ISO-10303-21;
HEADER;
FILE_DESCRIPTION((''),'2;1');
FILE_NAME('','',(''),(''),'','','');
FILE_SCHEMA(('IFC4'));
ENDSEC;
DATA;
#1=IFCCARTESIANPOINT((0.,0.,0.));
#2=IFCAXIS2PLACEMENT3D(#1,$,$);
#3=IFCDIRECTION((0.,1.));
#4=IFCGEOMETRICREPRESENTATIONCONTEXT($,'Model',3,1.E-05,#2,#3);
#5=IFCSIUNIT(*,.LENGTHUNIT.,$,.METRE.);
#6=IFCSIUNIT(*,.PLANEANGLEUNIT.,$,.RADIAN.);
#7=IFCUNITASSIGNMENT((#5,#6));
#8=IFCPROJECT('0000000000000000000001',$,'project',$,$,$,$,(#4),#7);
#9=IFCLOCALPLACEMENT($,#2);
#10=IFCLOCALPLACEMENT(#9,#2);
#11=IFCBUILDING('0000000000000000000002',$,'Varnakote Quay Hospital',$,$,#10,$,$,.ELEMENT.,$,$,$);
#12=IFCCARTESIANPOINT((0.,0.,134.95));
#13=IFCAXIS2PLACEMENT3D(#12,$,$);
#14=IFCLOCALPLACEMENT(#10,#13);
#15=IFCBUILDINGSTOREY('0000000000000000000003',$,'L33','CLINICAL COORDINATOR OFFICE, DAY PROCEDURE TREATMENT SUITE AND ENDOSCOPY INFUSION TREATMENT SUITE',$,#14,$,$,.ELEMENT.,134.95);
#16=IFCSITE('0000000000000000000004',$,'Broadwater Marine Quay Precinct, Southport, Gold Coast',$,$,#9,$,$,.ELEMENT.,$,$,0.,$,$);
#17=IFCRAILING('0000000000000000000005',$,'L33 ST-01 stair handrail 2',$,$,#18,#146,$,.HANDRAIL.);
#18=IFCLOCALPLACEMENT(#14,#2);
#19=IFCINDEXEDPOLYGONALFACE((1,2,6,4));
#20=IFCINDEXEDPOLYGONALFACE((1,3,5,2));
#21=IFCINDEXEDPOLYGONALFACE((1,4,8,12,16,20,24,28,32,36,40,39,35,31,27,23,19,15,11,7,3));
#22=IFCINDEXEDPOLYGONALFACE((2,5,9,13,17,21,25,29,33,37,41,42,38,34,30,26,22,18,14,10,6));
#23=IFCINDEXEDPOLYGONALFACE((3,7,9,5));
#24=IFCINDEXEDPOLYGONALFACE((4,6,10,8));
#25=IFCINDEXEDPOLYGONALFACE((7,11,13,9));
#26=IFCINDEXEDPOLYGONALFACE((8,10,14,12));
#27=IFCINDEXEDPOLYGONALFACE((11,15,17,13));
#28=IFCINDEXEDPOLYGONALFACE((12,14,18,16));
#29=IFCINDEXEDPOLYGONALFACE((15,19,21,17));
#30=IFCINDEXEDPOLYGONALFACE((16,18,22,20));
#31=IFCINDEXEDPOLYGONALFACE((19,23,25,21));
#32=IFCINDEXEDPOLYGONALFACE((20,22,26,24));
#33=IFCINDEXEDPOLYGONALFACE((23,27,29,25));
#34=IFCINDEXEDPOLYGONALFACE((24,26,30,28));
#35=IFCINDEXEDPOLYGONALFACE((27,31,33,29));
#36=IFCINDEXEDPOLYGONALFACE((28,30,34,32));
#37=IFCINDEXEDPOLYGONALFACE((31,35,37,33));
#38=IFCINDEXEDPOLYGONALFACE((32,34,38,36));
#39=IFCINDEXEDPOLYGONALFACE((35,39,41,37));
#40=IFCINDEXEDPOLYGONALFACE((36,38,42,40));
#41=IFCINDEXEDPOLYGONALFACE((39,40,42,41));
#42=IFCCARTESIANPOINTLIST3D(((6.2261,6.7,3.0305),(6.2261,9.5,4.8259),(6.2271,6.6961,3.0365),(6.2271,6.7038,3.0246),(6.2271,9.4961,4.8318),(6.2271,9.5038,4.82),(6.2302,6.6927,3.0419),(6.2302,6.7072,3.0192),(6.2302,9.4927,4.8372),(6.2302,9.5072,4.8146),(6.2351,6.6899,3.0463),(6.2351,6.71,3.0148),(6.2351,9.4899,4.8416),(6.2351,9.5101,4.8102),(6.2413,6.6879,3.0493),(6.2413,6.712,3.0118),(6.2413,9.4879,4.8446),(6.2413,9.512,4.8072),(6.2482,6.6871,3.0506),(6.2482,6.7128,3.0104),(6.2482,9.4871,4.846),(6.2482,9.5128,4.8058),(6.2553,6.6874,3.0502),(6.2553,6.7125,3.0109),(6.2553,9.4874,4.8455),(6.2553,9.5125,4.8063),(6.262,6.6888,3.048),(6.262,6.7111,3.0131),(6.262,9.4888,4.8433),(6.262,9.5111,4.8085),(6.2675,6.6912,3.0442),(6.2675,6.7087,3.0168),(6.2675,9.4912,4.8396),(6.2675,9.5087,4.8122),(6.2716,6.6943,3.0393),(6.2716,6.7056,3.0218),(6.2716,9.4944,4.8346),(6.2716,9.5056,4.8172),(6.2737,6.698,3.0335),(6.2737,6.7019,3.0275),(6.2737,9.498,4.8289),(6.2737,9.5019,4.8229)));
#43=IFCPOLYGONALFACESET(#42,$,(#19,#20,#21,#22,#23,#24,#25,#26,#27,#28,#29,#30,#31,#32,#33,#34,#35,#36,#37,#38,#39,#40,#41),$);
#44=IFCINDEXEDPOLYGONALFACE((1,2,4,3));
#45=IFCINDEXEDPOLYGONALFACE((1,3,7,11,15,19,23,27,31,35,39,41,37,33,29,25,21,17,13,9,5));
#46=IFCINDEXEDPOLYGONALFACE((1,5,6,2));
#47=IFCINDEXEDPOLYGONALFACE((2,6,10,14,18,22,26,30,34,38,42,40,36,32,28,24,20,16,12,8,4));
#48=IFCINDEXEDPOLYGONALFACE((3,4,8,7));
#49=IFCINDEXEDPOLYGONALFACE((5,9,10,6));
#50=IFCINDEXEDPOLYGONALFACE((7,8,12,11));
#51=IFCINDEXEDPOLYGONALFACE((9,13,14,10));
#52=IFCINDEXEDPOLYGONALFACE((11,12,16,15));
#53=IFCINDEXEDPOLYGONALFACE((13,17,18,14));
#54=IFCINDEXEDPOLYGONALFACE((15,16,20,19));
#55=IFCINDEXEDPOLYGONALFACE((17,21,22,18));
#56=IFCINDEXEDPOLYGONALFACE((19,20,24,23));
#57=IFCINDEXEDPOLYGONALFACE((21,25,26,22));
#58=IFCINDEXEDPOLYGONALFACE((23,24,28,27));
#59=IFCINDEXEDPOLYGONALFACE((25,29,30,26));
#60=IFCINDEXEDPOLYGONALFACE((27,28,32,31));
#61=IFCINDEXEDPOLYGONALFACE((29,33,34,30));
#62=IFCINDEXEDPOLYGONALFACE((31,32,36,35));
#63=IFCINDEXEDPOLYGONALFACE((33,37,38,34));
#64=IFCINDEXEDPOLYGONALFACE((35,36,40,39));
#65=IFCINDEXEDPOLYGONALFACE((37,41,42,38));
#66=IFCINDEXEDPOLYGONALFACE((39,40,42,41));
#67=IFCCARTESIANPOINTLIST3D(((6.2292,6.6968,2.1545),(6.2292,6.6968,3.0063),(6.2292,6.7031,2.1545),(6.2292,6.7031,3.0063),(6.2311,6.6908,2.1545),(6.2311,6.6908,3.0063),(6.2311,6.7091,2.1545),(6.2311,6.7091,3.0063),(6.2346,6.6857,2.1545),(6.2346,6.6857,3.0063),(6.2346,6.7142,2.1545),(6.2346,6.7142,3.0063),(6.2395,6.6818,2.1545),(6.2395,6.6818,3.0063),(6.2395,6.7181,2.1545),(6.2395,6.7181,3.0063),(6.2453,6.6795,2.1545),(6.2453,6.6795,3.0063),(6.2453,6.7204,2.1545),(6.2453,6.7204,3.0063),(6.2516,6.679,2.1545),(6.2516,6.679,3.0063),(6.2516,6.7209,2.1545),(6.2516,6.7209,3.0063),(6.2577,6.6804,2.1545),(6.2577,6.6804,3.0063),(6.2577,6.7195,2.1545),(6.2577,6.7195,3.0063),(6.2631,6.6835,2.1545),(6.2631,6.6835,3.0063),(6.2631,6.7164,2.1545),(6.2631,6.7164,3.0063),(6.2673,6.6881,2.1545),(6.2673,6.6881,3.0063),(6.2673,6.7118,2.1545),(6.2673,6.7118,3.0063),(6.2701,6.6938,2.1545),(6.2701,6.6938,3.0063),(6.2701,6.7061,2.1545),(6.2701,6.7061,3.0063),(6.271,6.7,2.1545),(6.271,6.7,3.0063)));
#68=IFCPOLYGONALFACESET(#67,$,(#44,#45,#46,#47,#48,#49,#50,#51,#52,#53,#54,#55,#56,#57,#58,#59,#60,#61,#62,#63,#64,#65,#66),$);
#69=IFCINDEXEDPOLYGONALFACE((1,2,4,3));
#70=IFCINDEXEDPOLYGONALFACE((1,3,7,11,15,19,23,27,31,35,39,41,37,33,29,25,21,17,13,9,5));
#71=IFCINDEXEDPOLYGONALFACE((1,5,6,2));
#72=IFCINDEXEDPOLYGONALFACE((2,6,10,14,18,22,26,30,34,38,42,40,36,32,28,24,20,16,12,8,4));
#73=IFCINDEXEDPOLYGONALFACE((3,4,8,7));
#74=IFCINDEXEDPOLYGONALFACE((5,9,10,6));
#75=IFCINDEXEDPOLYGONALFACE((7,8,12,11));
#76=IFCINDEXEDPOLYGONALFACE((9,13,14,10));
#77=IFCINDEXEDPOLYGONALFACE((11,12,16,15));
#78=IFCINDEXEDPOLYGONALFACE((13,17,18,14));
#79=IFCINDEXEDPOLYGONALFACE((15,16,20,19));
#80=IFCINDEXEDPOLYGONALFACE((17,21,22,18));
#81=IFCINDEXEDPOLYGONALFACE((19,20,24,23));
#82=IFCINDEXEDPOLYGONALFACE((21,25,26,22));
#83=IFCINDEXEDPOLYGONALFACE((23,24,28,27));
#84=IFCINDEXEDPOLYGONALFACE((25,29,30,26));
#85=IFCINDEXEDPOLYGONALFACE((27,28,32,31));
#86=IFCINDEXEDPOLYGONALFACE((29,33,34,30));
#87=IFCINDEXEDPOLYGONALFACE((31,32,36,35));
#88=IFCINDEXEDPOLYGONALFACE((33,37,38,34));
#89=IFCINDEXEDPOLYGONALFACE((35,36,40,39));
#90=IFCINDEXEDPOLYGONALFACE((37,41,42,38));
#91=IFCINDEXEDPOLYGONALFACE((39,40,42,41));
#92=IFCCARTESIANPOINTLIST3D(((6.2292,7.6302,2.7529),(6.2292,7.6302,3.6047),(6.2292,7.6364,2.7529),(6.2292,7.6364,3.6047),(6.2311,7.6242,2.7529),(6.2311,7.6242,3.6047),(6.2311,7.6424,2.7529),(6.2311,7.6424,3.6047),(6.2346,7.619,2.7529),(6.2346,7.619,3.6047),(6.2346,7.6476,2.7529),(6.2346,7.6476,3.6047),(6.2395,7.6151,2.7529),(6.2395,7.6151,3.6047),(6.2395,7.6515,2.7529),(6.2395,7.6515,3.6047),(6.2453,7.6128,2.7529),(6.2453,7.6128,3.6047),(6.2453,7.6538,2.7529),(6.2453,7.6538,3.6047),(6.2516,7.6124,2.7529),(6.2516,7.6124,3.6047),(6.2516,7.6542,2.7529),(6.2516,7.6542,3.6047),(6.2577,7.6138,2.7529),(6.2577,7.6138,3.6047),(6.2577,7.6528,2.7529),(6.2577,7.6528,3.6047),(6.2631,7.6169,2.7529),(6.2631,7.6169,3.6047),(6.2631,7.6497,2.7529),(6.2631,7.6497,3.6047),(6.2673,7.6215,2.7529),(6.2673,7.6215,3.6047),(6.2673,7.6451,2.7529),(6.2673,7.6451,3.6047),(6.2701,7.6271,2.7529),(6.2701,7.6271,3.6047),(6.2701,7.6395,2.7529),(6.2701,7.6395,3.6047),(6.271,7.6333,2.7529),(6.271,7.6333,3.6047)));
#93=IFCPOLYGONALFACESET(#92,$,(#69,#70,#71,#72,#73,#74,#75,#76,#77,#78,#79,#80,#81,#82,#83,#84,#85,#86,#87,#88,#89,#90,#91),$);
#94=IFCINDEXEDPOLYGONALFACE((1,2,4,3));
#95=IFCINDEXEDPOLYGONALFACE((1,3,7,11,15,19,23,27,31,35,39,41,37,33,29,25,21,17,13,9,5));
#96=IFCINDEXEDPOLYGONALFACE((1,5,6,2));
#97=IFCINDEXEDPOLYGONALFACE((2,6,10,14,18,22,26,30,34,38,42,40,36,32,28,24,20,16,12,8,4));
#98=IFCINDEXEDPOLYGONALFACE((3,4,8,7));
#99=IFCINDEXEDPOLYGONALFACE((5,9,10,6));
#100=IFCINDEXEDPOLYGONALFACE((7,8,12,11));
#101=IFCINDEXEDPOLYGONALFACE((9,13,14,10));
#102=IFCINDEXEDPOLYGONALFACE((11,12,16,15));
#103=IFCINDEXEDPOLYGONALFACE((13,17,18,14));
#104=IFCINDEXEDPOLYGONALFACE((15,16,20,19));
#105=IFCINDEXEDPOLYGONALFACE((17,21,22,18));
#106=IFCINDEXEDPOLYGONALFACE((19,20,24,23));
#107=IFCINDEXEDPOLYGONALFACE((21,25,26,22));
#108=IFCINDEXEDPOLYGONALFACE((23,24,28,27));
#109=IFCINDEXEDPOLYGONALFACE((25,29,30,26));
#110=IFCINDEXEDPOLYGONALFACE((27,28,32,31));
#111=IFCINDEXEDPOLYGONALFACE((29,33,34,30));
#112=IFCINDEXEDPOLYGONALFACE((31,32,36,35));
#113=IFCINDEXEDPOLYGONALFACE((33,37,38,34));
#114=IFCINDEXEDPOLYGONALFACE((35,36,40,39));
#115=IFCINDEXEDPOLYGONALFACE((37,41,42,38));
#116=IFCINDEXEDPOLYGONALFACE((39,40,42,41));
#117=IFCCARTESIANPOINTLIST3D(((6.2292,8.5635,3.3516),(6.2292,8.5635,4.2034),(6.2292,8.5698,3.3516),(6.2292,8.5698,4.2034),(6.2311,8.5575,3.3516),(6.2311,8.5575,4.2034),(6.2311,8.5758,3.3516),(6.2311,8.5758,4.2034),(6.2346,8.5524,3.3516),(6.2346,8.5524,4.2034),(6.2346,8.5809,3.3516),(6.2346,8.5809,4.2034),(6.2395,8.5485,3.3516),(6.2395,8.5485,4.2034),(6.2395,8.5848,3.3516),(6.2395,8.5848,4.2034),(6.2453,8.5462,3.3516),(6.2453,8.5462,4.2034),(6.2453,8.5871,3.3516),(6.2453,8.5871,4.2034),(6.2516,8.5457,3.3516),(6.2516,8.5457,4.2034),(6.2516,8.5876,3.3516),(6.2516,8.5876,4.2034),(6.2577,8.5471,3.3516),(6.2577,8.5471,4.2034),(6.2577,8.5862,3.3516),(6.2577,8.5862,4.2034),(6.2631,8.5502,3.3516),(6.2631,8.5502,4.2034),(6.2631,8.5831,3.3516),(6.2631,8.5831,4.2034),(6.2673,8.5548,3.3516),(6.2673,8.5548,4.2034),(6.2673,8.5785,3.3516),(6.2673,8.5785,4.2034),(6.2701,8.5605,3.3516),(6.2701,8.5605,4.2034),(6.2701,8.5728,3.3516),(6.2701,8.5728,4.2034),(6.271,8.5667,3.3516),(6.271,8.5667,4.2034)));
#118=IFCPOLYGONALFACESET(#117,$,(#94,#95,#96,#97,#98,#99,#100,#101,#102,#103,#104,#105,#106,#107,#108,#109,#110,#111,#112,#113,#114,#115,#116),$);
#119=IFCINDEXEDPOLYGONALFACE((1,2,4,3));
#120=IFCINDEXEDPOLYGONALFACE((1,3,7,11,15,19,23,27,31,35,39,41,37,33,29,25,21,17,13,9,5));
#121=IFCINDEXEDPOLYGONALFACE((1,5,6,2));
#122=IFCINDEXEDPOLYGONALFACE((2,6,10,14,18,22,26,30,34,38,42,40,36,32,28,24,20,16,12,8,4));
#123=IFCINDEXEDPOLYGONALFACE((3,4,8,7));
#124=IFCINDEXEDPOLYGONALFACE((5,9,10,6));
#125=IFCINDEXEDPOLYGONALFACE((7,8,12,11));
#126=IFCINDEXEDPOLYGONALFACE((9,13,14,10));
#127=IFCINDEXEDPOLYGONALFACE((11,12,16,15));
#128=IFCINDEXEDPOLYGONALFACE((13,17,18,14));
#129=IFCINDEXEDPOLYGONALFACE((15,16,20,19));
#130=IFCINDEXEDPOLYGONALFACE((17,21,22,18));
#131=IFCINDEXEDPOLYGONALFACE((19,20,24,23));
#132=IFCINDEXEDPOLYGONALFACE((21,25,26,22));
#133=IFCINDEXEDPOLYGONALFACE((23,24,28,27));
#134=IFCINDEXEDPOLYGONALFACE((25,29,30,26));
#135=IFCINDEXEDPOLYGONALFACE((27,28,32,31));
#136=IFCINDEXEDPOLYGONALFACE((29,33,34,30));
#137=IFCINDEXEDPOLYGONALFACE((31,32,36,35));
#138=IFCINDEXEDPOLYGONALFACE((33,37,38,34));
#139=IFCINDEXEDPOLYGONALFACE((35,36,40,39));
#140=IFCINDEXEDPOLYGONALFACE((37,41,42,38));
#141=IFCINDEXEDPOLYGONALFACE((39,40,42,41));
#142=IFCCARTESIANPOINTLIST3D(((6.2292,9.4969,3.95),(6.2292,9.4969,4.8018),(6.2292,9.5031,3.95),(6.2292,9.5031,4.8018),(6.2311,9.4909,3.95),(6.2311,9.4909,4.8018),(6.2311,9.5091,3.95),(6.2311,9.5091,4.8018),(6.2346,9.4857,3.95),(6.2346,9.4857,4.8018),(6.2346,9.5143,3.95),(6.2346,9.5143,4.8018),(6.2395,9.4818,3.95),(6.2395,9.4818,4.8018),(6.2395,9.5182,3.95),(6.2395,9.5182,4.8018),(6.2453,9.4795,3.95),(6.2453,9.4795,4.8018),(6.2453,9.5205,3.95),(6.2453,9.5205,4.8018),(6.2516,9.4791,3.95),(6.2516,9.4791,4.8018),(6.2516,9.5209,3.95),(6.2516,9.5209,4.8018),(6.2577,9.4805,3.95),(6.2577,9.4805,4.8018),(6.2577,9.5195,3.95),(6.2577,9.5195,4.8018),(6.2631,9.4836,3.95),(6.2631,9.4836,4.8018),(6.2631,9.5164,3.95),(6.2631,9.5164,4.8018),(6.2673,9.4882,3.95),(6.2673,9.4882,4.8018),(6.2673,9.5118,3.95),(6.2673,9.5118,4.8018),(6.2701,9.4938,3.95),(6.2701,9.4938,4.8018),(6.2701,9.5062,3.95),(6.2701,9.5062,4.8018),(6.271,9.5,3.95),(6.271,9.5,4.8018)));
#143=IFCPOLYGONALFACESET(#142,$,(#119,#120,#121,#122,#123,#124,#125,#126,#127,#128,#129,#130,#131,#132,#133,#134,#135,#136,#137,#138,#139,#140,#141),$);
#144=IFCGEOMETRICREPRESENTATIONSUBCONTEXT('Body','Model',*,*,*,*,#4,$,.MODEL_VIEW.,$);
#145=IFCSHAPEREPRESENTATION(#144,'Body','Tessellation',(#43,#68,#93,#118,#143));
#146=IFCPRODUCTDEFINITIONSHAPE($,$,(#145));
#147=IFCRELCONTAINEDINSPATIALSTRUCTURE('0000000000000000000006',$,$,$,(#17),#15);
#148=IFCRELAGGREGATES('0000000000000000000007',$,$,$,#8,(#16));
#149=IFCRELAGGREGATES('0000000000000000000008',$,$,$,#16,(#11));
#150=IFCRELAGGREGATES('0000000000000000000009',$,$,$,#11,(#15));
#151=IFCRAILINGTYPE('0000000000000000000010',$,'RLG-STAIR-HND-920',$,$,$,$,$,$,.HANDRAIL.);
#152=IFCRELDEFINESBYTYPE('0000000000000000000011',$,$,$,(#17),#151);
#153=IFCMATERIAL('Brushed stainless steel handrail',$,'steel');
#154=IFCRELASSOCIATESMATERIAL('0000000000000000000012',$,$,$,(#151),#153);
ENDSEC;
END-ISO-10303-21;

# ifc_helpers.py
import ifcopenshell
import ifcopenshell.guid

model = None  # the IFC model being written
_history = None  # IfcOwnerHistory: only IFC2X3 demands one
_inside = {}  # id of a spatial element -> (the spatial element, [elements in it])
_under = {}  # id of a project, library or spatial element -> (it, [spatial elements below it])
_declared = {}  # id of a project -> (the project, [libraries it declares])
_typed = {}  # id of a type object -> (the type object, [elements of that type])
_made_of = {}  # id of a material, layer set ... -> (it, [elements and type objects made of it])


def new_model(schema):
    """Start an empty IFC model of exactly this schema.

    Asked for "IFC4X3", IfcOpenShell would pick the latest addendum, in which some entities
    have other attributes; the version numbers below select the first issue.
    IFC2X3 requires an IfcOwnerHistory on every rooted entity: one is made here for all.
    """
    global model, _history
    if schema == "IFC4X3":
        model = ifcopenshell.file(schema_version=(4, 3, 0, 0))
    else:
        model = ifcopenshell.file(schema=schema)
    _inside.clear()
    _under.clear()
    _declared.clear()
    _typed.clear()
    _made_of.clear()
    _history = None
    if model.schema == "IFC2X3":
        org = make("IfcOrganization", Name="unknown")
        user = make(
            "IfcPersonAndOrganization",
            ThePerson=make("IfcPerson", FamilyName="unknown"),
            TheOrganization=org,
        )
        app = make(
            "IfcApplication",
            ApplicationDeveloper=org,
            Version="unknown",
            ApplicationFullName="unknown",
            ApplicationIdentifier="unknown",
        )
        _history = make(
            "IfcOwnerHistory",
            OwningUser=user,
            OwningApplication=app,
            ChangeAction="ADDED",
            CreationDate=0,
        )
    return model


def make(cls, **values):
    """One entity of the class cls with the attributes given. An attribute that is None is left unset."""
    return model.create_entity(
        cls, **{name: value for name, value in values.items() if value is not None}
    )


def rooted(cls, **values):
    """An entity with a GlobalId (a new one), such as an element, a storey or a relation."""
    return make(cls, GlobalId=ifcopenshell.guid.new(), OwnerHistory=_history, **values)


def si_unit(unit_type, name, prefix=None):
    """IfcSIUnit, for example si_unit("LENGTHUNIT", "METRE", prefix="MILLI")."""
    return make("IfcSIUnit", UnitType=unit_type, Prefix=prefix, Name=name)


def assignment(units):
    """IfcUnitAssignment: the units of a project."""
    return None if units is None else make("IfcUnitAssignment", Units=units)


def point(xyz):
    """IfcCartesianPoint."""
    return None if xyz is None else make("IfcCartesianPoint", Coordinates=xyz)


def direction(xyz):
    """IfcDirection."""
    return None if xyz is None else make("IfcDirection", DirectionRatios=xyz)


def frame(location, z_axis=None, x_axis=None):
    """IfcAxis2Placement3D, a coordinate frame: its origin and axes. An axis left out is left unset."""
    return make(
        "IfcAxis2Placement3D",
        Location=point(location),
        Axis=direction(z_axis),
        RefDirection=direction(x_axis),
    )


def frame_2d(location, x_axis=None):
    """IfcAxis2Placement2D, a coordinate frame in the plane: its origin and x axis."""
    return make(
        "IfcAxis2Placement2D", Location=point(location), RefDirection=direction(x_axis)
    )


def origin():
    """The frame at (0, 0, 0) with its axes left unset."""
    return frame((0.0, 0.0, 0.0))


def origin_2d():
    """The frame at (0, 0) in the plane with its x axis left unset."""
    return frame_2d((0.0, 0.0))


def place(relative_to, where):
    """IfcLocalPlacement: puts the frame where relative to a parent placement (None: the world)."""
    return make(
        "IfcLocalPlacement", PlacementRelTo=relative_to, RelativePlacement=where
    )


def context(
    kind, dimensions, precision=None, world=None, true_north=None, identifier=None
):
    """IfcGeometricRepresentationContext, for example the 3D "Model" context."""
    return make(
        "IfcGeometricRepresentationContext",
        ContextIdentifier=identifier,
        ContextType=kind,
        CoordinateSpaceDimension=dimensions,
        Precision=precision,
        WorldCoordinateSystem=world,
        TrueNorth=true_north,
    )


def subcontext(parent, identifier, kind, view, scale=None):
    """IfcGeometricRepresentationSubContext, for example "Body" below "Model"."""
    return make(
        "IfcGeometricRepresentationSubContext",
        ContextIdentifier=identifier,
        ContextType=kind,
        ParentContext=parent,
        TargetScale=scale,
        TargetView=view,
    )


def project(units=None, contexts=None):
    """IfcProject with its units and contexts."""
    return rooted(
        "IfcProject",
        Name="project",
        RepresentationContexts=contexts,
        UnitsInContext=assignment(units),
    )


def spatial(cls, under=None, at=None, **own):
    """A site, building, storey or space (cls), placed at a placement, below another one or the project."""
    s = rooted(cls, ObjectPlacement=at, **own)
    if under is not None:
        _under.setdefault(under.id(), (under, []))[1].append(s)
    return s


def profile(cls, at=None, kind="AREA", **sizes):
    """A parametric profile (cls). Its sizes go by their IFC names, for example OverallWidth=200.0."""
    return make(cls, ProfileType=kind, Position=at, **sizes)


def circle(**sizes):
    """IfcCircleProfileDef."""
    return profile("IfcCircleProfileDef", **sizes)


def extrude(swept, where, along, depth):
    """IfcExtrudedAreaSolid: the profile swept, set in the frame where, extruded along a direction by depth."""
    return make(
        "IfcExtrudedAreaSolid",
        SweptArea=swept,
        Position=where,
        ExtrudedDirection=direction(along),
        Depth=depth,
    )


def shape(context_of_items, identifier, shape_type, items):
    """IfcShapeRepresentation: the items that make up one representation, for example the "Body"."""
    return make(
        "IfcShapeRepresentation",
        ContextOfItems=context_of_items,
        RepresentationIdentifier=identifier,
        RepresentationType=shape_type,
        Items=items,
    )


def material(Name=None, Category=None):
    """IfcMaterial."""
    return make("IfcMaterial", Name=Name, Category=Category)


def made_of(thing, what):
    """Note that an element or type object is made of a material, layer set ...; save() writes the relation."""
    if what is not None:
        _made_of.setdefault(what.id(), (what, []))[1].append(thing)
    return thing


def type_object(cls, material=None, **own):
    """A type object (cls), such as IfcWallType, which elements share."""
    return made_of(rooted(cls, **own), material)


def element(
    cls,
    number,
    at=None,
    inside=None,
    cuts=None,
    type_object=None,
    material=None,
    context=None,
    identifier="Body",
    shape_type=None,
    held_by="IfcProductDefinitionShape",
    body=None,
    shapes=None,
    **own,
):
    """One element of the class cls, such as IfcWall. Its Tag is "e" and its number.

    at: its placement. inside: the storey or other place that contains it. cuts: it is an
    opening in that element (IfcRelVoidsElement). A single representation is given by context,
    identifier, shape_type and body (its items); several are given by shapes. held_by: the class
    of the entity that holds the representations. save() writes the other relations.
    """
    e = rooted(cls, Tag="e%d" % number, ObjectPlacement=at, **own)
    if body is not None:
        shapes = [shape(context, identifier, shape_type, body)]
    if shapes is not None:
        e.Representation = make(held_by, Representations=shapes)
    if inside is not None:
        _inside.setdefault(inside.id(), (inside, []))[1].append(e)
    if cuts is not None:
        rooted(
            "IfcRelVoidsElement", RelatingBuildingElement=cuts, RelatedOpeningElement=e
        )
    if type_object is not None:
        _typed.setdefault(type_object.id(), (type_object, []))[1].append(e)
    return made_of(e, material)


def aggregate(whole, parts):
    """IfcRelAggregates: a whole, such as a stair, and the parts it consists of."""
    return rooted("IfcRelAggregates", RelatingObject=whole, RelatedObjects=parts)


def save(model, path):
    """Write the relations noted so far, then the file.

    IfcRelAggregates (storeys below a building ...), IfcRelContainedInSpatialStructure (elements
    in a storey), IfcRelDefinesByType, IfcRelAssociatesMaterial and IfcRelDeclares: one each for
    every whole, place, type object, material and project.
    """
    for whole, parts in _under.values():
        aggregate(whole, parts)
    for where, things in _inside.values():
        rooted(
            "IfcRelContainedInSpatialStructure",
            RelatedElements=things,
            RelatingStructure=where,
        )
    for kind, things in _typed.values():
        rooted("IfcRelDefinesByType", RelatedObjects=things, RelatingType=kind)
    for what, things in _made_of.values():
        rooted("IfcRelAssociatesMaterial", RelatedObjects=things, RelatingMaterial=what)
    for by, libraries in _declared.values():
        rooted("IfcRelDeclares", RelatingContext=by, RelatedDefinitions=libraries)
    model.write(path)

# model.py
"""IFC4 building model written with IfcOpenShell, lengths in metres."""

from ifc_helpers import new_model, si_unit, direction, frame, origin, origin_2d, place, context, subcontext, project, spatial, circle, extrude, material, type_object, element, save


model = new_model("IFC4")

# Units and contexts
model_context = context("Model", 3, precision=1e-05, world=origin(), true_north=direction((0.0, 1.0)))
body_context = subcontext(model_context, "Body", "Model", "MODEL_VIEW")
ifc_project = project(units=[si_unit("LENGTHUNIT", "METRE"), si_unit("PLANEANGLEUNIT", "RADIAN")], contexts=[model_context])

# Site, building, storey
site_placement = place(None, origin())
site = spatial("IfcSite", under=ifc_project, at=site_placement, Name="Broadwater Marine Quay Precinct, Southport, Gold Coast", CompositionType="ELEMENT", RefElevation=0.0)
building_placement = place(site_placement, origin())
building = spatial("IfcBuilding", under=site, at=building_placement, Name="Varnakote Quay Hospital", CompositionType="ELEMENT")
storey_placement = place(building_placement, frame((0.0, 0.0, 134.95)))
storey = spatial("IfcBuildingStorey", under=building, at=storey_placement, Name="L33", Description="CLINICAL COORDINATOR OFFICE, DAY PROCEDURE TREATMENT SUITE AND ENDOSCOPY INFUSION TREATMENT SUITE", CompositionType="ELEMENT", Elevation=134.95)

# Railing
ifc_material_1 = material(Name="Brushed stainless steel handrail", Category="steel")
railing_type_1 = type_object("IfcRailingType", Name="RLG-STAIR-HND-920", PredefinedType="HANDRAIL", material=ifc_material_1)
railing_1_placement = place(storey_placement, frame((6.25, 6.7, 2.1545)))
element("IfcRailing", 1, at=railing_1_placement, inside=storey, type_object=railing_type_1, Name="L33 ST-01 stair handrail 2", PredefinedType="HANDRAIL", context=body_context, shape_type="SweptSolid", body=[
    extrude(circle(Radius=0.0239, at=origin_2d()), frame((0.0, 0.0, 0.876), z_axis=(0.0, 0.84181, 0.539774), x_axis=(-1.0, 0.0, 0.0)), (0.0, 0.0, 1.0), 3.3262),
    extrude(circle(Radius=0.021, at=origin_2d()), origin(), (0.0, 0.0, 1.0), 0.8518),
    extrude(circle(Radius=0.021, at=origin_2d()), frame((0.0, 0.9333, 0.5984)), (0.0, 0.0, 1.0), 0.8518),
    extrude(circle(Radius=0.021, at=origin_2d()), frame((0.0, 1.8667, 1.197)), (0.0, 0.0, 1.0), 0.8518),
    extrude(circle(Radius=0.021, at=origin_2d()), frame((0.0, 2.8, 1.7954)), (0.0, 0.0, 1.0), 0.8518),
])

save(model, "model.ifc")
